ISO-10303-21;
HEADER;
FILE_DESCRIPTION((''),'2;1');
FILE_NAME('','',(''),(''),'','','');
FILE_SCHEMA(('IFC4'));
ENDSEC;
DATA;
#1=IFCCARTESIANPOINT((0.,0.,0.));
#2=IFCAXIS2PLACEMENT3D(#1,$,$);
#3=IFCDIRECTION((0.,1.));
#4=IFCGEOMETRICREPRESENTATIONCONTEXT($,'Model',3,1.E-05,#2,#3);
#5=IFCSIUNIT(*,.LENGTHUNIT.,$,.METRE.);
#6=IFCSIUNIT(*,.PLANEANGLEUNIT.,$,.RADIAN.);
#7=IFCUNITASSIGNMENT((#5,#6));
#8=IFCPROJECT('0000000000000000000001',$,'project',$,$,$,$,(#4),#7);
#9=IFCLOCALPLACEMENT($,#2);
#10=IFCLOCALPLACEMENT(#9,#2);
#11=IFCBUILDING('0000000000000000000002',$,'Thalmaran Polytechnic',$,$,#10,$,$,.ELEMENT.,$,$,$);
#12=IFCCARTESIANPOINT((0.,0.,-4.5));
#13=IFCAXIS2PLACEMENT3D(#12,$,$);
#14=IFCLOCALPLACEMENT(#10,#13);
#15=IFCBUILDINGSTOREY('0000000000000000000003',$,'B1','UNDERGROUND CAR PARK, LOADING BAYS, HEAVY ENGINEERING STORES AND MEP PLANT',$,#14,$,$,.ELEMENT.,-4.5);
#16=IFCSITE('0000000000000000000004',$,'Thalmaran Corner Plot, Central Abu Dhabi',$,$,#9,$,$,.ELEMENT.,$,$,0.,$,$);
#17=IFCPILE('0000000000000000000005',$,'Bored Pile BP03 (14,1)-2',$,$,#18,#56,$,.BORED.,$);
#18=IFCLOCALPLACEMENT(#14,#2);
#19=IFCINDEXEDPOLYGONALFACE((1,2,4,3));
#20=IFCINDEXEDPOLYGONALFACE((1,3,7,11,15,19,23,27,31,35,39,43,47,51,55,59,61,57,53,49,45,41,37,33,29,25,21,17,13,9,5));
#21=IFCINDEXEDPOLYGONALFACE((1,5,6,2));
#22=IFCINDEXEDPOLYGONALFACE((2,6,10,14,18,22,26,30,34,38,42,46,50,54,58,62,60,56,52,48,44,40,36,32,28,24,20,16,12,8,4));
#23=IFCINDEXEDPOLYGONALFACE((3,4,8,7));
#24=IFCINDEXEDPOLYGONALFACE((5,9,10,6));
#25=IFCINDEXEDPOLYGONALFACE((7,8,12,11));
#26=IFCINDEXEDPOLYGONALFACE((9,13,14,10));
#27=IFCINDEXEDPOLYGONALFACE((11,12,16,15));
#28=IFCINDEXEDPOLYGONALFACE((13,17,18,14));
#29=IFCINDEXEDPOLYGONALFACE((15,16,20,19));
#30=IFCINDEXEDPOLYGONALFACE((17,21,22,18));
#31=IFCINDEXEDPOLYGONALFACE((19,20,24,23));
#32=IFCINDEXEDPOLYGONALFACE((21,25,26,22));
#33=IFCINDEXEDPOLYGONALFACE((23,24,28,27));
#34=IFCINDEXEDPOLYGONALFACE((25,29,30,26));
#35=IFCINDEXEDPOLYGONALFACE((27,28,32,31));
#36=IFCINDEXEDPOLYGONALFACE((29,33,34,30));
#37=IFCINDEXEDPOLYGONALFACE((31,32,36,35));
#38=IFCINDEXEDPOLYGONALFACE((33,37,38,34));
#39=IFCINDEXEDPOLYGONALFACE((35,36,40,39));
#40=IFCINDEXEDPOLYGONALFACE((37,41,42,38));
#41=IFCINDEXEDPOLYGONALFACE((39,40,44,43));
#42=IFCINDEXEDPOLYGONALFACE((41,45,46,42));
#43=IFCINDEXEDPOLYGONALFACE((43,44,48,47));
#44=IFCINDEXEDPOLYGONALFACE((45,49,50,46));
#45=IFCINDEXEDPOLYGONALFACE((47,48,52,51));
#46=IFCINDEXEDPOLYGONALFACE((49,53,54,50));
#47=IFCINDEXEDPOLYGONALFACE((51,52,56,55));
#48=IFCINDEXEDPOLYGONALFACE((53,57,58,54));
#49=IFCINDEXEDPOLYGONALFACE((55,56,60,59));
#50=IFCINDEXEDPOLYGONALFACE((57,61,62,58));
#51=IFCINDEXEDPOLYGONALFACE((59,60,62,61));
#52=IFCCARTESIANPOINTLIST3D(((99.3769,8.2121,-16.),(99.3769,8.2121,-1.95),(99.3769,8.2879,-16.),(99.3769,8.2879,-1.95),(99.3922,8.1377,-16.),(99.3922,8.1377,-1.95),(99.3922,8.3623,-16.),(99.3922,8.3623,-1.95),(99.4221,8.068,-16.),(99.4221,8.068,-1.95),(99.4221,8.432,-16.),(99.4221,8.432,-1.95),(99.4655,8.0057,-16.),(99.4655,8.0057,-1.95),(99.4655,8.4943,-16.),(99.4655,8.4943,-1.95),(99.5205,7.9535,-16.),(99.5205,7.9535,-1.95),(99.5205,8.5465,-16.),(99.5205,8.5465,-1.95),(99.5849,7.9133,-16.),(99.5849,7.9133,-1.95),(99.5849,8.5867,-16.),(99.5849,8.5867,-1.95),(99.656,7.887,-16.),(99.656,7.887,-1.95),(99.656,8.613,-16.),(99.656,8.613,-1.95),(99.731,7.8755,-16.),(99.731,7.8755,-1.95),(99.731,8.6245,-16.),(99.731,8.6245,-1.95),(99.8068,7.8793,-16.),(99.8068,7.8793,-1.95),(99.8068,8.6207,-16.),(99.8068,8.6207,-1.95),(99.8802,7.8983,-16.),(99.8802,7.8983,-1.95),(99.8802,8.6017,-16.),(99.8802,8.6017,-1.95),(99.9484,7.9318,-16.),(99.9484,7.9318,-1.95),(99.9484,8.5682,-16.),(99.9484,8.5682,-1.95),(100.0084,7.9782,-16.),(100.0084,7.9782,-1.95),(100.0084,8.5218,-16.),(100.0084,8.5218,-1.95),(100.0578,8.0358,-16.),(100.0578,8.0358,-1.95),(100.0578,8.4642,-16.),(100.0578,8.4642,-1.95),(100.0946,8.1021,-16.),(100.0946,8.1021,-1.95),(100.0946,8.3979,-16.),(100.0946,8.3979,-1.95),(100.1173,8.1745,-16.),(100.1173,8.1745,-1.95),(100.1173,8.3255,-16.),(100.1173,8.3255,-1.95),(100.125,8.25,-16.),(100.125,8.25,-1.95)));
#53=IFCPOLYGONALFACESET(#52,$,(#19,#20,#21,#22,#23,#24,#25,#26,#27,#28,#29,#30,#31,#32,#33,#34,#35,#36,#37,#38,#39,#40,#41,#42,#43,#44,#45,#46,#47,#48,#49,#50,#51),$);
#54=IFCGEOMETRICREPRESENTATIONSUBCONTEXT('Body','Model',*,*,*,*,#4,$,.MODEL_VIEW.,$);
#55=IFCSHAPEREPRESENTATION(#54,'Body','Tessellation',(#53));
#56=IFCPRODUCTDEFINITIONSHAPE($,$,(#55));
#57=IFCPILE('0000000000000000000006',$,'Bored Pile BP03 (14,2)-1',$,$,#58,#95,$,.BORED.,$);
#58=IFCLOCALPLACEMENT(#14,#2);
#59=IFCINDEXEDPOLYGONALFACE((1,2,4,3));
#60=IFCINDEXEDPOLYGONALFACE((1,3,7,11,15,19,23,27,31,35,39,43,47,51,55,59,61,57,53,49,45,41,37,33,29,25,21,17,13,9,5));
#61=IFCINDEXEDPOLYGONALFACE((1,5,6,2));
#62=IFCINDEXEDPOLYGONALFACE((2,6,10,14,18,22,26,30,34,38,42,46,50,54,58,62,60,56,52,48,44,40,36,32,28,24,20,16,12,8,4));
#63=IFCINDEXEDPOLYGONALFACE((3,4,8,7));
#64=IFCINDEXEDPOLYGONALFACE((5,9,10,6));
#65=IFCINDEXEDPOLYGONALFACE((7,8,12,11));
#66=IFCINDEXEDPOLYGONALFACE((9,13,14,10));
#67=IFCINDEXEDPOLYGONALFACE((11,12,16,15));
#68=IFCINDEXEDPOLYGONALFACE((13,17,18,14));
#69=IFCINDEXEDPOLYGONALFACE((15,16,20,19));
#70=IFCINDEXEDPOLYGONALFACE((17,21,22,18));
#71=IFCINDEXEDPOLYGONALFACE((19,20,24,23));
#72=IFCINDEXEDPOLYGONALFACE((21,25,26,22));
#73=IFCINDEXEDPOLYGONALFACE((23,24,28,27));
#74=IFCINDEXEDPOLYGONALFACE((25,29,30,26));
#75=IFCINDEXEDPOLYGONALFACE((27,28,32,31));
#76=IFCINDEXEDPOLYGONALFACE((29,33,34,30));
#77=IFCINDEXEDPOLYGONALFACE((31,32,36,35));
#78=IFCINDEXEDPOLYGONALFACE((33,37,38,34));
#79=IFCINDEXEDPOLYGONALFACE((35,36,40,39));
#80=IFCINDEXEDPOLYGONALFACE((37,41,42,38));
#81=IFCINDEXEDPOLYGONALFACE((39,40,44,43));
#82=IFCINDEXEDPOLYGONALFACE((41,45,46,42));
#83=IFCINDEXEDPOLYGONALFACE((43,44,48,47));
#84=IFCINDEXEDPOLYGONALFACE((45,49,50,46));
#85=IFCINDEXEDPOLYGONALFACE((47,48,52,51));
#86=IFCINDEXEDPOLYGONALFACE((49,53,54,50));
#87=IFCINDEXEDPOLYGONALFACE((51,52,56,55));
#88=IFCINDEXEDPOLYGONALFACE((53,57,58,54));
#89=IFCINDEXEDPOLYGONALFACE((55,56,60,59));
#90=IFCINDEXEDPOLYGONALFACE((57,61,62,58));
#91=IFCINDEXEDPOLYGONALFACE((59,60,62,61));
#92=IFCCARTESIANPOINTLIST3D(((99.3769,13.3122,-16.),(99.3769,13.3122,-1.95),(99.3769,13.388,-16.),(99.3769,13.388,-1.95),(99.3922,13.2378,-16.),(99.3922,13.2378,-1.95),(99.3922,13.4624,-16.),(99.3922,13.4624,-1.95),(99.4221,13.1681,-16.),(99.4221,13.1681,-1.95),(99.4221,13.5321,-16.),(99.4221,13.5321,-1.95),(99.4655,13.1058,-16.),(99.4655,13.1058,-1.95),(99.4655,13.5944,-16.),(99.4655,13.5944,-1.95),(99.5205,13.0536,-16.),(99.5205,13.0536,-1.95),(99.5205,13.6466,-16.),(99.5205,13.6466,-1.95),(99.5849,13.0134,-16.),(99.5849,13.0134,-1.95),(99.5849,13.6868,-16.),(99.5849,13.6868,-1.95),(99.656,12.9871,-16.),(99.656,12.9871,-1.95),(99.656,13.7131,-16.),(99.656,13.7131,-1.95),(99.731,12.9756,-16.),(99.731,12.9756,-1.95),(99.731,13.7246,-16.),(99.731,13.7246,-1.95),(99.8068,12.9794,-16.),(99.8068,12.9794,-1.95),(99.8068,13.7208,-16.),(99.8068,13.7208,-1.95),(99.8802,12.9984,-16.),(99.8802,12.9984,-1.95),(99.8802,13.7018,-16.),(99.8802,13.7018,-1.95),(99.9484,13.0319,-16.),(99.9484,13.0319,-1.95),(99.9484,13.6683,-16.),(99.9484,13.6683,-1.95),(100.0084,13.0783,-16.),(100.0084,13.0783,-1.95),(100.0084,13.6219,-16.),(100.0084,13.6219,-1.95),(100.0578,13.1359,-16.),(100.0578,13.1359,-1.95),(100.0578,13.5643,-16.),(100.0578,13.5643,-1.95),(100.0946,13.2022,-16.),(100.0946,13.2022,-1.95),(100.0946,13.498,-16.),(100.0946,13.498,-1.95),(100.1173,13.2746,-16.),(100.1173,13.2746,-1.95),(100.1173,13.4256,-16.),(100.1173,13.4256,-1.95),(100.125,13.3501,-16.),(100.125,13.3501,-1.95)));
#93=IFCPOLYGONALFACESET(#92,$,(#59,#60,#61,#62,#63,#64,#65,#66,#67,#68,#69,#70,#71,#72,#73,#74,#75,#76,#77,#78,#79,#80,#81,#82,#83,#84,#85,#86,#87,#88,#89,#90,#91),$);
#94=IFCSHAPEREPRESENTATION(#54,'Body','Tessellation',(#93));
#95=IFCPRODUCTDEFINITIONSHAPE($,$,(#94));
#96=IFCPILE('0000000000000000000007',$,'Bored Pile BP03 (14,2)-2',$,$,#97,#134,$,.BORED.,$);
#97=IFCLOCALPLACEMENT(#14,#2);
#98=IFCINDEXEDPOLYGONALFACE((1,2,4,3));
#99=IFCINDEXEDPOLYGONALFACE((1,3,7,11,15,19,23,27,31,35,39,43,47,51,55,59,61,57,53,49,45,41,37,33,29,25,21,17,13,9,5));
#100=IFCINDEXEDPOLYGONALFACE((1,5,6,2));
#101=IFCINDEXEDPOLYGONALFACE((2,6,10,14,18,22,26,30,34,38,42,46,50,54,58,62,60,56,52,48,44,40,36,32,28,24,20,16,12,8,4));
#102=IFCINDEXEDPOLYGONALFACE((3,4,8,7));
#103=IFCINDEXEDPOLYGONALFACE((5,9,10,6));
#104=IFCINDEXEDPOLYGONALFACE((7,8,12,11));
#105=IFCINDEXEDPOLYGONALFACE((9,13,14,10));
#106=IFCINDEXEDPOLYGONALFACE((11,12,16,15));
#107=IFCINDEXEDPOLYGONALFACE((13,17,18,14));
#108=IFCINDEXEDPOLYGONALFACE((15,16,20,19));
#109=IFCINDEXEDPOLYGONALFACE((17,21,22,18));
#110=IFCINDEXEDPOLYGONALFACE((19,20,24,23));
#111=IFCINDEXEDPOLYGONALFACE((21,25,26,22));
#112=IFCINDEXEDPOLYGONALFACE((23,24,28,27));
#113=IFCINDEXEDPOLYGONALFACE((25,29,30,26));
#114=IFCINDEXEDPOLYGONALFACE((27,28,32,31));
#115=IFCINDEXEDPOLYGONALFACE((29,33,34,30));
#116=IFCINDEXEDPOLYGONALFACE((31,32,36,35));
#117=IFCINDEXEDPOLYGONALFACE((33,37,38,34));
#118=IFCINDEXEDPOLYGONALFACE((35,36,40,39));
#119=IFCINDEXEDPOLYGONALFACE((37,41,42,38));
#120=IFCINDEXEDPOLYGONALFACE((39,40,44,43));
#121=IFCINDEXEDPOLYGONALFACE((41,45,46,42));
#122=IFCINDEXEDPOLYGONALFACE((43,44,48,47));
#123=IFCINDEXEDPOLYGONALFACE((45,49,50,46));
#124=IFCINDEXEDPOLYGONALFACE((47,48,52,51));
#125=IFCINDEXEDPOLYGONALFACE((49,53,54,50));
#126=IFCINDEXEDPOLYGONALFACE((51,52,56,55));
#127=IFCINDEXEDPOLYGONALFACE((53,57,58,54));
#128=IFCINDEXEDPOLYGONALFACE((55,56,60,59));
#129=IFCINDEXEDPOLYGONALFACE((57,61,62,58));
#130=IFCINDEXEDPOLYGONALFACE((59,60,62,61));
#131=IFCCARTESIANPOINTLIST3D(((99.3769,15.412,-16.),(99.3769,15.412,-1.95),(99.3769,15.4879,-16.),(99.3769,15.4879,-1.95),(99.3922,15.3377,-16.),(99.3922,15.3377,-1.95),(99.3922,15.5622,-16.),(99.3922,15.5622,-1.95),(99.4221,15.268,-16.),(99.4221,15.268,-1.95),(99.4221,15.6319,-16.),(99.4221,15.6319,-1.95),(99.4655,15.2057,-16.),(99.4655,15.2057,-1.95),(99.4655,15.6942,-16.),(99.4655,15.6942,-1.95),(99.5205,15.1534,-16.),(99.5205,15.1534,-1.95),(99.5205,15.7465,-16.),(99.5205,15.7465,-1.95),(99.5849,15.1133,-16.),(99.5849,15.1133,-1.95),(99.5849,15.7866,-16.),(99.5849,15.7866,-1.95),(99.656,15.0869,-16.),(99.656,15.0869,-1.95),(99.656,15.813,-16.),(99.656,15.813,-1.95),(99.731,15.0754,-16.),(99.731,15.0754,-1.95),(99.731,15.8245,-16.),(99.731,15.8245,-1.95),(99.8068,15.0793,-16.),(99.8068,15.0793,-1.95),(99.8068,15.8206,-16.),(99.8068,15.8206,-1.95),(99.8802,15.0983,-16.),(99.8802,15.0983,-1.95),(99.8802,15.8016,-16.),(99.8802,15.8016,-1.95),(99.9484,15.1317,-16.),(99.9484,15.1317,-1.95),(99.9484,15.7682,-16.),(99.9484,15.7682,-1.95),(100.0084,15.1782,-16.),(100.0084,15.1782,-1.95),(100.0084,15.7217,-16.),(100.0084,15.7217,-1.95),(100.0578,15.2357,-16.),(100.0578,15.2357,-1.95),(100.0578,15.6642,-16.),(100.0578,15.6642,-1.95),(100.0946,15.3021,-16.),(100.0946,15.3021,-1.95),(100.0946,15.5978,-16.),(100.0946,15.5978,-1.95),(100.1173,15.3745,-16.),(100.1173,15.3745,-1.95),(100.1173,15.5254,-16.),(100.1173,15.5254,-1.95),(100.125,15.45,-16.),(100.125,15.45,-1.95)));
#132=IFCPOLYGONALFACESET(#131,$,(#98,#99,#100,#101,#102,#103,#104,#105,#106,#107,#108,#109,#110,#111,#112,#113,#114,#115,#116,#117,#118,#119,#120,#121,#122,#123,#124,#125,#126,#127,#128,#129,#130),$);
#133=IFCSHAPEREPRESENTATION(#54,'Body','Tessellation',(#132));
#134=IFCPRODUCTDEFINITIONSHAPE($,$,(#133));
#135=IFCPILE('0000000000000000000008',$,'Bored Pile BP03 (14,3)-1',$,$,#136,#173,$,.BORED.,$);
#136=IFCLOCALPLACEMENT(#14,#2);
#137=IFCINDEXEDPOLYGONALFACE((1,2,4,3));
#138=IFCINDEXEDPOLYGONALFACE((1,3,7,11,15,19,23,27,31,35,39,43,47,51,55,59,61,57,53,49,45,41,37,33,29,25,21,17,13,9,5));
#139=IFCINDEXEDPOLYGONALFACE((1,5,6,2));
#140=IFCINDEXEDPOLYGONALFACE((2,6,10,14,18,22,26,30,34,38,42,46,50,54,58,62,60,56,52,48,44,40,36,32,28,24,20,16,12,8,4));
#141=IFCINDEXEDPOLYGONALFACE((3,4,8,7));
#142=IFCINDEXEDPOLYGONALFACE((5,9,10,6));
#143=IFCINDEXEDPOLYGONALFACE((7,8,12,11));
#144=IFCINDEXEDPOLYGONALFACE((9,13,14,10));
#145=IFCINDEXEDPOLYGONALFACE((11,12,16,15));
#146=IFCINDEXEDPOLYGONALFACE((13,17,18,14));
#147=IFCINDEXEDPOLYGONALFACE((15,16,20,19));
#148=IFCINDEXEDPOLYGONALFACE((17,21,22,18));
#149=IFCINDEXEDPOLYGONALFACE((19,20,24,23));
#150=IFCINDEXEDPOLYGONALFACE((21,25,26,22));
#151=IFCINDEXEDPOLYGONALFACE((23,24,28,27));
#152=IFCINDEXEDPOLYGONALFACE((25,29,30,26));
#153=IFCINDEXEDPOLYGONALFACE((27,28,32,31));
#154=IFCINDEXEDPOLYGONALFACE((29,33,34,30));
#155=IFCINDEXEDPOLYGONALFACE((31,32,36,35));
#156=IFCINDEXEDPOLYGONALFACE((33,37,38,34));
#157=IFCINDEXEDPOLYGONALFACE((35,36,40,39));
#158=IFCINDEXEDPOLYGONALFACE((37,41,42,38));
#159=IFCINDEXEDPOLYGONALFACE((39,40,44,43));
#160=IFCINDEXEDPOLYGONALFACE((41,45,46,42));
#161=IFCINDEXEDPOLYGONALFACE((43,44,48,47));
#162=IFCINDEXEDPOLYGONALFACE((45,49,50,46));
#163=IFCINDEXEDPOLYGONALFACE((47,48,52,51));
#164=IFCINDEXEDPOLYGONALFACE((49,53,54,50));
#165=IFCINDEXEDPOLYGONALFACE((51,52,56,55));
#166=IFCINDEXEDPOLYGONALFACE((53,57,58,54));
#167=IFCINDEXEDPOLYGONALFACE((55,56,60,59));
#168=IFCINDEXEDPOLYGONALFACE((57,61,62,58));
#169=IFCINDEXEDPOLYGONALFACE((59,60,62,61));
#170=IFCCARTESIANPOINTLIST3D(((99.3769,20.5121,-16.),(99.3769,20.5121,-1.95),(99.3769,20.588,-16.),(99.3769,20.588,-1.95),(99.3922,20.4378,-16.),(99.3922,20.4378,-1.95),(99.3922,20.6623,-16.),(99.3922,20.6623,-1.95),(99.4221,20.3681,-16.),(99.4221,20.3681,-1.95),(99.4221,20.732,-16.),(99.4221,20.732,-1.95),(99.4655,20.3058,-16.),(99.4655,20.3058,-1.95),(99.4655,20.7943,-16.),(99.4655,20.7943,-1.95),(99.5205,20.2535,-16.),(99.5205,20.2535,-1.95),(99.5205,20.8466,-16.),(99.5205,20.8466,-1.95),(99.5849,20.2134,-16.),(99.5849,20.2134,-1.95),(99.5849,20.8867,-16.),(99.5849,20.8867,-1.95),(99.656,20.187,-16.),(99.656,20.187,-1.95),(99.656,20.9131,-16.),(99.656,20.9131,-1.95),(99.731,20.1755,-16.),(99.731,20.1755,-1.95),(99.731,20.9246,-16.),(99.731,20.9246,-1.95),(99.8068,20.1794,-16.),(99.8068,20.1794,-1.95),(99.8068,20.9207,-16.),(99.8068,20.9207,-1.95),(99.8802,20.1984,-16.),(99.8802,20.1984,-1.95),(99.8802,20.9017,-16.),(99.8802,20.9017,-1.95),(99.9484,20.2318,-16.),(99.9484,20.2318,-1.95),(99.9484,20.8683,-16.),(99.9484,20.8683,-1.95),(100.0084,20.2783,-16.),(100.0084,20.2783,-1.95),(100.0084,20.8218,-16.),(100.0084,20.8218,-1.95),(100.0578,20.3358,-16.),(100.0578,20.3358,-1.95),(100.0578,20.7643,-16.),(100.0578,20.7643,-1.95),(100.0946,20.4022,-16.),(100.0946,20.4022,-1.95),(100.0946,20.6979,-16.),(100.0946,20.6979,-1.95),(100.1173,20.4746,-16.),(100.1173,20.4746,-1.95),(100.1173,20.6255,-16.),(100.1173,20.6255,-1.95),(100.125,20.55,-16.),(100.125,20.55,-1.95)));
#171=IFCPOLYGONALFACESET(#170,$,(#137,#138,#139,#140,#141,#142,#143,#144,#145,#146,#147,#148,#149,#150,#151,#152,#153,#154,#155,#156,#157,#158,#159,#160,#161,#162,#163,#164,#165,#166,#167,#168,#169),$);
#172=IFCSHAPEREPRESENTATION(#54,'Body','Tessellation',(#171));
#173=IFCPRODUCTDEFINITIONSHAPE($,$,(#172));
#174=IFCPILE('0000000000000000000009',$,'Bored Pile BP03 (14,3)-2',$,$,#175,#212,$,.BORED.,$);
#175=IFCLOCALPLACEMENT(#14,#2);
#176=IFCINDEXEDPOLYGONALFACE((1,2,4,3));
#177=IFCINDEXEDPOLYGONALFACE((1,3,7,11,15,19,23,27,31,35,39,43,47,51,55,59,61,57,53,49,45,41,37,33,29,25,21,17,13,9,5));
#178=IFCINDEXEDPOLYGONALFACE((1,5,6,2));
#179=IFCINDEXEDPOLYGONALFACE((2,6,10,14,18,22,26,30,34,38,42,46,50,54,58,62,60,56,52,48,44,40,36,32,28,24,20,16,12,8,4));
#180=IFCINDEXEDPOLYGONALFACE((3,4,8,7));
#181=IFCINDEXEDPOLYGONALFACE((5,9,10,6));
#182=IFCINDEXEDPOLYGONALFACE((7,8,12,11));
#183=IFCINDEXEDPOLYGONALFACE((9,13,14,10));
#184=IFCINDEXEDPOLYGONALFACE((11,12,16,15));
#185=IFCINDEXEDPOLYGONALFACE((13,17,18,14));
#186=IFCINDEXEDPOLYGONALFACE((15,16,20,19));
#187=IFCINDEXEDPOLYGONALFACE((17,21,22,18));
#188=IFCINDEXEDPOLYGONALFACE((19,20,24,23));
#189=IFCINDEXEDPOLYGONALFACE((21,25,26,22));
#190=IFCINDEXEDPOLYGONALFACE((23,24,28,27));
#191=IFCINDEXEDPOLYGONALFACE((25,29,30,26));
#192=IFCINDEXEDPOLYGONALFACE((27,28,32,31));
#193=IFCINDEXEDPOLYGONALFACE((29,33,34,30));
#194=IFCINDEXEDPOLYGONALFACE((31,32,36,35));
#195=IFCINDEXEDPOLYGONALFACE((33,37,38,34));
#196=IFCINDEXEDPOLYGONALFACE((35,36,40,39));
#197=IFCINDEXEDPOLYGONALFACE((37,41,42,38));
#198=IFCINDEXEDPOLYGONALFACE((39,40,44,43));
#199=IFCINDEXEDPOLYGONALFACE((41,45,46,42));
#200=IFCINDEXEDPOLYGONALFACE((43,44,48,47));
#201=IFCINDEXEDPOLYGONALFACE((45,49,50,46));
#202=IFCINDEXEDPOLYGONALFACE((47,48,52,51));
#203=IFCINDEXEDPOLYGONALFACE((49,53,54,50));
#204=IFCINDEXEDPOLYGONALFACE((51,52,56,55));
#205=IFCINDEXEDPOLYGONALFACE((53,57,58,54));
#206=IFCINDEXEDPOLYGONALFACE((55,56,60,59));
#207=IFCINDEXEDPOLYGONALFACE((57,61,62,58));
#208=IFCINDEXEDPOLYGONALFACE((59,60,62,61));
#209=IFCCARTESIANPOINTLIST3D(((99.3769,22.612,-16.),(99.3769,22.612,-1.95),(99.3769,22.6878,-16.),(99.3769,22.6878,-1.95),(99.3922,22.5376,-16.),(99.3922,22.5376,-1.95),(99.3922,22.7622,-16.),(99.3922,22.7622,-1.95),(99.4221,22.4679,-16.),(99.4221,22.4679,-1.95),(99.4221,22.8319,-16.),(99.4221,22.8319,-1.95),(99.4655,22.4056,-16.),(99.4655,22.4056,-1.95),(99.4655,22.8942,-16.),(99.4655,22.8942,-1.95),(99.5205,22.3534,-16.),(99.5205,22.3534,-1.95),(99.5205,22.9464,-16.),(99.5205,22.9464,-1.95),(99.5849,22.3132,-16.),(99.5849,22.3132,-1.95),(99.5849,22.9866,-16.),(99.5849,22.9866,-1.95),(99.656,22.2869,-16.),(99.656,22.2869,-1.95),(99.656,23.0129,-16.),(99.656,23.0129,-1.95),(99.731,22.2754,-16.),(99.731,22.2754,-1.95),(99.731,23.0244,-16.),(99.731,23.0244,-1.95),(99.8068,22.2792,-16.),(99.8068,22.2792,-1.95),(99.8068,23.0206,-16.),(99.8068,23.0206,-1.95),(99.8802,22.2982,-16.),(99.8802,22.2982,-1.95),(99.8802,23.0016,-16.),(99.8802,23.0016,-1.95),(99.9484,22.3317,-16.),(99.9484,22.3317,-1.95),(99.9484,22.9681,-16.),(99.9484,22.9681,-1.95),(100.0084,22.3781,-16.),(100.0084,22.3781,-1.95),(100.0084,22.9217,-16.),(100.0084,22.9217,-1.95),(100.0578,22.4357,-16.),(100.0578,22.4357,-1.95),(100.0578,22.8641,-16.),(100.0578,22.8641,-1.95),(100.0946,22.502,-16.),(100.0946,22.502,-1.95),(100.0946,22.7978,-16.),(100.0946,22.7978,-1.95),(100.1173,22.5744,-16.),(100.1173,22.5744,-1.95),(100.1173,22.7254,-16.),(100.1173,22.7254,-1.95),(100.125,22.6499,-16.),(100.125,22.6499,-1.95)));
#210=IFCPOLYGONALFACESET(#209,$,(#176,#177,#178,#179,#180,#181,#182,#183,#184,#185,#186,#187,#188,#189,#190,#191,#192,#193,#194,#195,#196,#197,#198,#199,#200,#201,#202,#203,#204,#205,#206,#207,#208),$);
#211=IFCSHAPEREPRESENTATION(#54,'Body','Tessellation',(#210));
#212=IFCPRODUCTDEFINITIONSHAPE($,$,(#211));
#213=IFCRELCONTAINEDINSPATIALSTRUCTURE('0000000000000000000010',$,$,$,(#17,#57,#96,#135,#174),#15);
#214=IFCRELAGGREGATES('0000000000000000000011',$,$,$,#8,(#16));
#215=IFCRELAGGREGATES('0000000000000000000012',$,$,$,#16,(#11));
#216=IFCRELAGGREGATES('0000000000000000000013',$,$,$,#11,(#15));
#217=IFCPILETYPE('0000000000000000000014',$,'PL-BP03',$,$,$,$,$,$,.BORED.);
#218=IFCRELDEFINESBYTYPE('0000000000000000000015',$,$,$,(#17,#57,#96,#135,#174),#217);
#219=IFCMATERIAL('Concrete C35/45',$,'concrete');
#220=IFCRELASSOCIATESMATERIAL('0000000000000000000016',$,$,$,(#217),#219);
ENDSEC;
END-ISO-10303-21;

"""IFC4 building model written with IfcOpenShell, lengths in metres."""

from ifc_helpers import new_model, si_unit, direction, frame, origin, origin_2d, place, context, subcontext, project, spatial, circle, extrude, material, material_profile, profile_set, type_object, element, save


model = new_model("IFC4")

# Units and contexts
model_context = context("Model", 3, precision=1e-05, world=origin(), true_north=direction((0.0, 1.0)))
body_context = subcontext(model_context, "Body", "Model", "MODEL_VIEW")
ifc_project = project(units=[si_unit("LENGTHUNIT", "METRE"), si_unit("PLANEANGLEUNIT", "RADIAN")], contexts=[model_context])

# Site, building, storey
site_placement = place(None, origin())
site = spatial("IfcSite", under=ifc_project, at=site_placement, Name="Thalmaran Corner Plot, Central Abu Dhabi", CompositionType="ELEMENT", RefElevation=0.0)
building_placement = place(site_placement, origin())
building = spatial("IfcBuilding", under=site, at=building_placement, Name="Thalmaran Polytechnic", CompositionType="ELEMENT")
storey_placement = place(building_placement, frame((0.0, 0.0, -4.5)))
storey = spatial("IfcBuildingStorey", under=building, at=storey_placement, Name="B1", Description="UNDERGROUND CAR PARK, LOADING BAYS, HEAVY ENGINEERING STORES AND MEP PLANT", CompositionType="ELEMENT", Elevation=-4.5)

# Piles
ifc_material_1 = material(Name="Concrete C35/45", Category="concrete")
ifc_material_profile_1 = material_profile(ifc_material_1, circle(Radius=0.375, at=origin_2d()), Name="RC 750 DIA")
ifc_profile_set_1 = profile_set([ifc_material_profile_1], Name="Concrete C35/45")
pile_type = type_object("IfcPileType", Name="PL-BP03", PredefinedType="BORED", material=ifc_profile_set_1)
for number, where, z_axis, x_axis, name in (
    (1, (99.75, 8.25, -1.95), (0.0, 0.0, -1.0), (1.0, 0.0, 0.0), "Bored Pile BP03 (14,1)-2"),
    (2, (99.75, 13.3501, -1.95), (0.0, 0.0, -1.0), (1.0, 0.0, 0.0), "Bored Pile BP03 (14,2)-1"),
    (3, (99.75, 15.45, -1.95), (0.0, 0.0, -1.0), (1.0, 0.0, 0.0), "Bored Pile BP03 (14,2)-2"),
    (4, (99.75, 20.55, -1.95), (0.0, 0.0, -1.0), (1.0, 0.0, 0.0), "Bored Pile BP03 (14,3)-1"),
    (5, (99.75, 22.6499, -1.95), (0.0, 0.0, -1.0), (1.0, 0.0, 0.0), "Bored Pile BP03 (14,3)-2"),
):
    element("IfcPile", number, at=place(storey_placement, frame(where, z_axis=z_axis, x_axis=x_axis)), inside=storey, type_object=pile_type, Name=name, PredefinedType="BORED", context=body_context, shape_type="SweptSolid", body=[
        extrude(circle(Radius=0.375, at=origin_2d()), origin(), (0.0, 0.0, 1.0), 14.05),
    ])

save(model, "model.ifc")
